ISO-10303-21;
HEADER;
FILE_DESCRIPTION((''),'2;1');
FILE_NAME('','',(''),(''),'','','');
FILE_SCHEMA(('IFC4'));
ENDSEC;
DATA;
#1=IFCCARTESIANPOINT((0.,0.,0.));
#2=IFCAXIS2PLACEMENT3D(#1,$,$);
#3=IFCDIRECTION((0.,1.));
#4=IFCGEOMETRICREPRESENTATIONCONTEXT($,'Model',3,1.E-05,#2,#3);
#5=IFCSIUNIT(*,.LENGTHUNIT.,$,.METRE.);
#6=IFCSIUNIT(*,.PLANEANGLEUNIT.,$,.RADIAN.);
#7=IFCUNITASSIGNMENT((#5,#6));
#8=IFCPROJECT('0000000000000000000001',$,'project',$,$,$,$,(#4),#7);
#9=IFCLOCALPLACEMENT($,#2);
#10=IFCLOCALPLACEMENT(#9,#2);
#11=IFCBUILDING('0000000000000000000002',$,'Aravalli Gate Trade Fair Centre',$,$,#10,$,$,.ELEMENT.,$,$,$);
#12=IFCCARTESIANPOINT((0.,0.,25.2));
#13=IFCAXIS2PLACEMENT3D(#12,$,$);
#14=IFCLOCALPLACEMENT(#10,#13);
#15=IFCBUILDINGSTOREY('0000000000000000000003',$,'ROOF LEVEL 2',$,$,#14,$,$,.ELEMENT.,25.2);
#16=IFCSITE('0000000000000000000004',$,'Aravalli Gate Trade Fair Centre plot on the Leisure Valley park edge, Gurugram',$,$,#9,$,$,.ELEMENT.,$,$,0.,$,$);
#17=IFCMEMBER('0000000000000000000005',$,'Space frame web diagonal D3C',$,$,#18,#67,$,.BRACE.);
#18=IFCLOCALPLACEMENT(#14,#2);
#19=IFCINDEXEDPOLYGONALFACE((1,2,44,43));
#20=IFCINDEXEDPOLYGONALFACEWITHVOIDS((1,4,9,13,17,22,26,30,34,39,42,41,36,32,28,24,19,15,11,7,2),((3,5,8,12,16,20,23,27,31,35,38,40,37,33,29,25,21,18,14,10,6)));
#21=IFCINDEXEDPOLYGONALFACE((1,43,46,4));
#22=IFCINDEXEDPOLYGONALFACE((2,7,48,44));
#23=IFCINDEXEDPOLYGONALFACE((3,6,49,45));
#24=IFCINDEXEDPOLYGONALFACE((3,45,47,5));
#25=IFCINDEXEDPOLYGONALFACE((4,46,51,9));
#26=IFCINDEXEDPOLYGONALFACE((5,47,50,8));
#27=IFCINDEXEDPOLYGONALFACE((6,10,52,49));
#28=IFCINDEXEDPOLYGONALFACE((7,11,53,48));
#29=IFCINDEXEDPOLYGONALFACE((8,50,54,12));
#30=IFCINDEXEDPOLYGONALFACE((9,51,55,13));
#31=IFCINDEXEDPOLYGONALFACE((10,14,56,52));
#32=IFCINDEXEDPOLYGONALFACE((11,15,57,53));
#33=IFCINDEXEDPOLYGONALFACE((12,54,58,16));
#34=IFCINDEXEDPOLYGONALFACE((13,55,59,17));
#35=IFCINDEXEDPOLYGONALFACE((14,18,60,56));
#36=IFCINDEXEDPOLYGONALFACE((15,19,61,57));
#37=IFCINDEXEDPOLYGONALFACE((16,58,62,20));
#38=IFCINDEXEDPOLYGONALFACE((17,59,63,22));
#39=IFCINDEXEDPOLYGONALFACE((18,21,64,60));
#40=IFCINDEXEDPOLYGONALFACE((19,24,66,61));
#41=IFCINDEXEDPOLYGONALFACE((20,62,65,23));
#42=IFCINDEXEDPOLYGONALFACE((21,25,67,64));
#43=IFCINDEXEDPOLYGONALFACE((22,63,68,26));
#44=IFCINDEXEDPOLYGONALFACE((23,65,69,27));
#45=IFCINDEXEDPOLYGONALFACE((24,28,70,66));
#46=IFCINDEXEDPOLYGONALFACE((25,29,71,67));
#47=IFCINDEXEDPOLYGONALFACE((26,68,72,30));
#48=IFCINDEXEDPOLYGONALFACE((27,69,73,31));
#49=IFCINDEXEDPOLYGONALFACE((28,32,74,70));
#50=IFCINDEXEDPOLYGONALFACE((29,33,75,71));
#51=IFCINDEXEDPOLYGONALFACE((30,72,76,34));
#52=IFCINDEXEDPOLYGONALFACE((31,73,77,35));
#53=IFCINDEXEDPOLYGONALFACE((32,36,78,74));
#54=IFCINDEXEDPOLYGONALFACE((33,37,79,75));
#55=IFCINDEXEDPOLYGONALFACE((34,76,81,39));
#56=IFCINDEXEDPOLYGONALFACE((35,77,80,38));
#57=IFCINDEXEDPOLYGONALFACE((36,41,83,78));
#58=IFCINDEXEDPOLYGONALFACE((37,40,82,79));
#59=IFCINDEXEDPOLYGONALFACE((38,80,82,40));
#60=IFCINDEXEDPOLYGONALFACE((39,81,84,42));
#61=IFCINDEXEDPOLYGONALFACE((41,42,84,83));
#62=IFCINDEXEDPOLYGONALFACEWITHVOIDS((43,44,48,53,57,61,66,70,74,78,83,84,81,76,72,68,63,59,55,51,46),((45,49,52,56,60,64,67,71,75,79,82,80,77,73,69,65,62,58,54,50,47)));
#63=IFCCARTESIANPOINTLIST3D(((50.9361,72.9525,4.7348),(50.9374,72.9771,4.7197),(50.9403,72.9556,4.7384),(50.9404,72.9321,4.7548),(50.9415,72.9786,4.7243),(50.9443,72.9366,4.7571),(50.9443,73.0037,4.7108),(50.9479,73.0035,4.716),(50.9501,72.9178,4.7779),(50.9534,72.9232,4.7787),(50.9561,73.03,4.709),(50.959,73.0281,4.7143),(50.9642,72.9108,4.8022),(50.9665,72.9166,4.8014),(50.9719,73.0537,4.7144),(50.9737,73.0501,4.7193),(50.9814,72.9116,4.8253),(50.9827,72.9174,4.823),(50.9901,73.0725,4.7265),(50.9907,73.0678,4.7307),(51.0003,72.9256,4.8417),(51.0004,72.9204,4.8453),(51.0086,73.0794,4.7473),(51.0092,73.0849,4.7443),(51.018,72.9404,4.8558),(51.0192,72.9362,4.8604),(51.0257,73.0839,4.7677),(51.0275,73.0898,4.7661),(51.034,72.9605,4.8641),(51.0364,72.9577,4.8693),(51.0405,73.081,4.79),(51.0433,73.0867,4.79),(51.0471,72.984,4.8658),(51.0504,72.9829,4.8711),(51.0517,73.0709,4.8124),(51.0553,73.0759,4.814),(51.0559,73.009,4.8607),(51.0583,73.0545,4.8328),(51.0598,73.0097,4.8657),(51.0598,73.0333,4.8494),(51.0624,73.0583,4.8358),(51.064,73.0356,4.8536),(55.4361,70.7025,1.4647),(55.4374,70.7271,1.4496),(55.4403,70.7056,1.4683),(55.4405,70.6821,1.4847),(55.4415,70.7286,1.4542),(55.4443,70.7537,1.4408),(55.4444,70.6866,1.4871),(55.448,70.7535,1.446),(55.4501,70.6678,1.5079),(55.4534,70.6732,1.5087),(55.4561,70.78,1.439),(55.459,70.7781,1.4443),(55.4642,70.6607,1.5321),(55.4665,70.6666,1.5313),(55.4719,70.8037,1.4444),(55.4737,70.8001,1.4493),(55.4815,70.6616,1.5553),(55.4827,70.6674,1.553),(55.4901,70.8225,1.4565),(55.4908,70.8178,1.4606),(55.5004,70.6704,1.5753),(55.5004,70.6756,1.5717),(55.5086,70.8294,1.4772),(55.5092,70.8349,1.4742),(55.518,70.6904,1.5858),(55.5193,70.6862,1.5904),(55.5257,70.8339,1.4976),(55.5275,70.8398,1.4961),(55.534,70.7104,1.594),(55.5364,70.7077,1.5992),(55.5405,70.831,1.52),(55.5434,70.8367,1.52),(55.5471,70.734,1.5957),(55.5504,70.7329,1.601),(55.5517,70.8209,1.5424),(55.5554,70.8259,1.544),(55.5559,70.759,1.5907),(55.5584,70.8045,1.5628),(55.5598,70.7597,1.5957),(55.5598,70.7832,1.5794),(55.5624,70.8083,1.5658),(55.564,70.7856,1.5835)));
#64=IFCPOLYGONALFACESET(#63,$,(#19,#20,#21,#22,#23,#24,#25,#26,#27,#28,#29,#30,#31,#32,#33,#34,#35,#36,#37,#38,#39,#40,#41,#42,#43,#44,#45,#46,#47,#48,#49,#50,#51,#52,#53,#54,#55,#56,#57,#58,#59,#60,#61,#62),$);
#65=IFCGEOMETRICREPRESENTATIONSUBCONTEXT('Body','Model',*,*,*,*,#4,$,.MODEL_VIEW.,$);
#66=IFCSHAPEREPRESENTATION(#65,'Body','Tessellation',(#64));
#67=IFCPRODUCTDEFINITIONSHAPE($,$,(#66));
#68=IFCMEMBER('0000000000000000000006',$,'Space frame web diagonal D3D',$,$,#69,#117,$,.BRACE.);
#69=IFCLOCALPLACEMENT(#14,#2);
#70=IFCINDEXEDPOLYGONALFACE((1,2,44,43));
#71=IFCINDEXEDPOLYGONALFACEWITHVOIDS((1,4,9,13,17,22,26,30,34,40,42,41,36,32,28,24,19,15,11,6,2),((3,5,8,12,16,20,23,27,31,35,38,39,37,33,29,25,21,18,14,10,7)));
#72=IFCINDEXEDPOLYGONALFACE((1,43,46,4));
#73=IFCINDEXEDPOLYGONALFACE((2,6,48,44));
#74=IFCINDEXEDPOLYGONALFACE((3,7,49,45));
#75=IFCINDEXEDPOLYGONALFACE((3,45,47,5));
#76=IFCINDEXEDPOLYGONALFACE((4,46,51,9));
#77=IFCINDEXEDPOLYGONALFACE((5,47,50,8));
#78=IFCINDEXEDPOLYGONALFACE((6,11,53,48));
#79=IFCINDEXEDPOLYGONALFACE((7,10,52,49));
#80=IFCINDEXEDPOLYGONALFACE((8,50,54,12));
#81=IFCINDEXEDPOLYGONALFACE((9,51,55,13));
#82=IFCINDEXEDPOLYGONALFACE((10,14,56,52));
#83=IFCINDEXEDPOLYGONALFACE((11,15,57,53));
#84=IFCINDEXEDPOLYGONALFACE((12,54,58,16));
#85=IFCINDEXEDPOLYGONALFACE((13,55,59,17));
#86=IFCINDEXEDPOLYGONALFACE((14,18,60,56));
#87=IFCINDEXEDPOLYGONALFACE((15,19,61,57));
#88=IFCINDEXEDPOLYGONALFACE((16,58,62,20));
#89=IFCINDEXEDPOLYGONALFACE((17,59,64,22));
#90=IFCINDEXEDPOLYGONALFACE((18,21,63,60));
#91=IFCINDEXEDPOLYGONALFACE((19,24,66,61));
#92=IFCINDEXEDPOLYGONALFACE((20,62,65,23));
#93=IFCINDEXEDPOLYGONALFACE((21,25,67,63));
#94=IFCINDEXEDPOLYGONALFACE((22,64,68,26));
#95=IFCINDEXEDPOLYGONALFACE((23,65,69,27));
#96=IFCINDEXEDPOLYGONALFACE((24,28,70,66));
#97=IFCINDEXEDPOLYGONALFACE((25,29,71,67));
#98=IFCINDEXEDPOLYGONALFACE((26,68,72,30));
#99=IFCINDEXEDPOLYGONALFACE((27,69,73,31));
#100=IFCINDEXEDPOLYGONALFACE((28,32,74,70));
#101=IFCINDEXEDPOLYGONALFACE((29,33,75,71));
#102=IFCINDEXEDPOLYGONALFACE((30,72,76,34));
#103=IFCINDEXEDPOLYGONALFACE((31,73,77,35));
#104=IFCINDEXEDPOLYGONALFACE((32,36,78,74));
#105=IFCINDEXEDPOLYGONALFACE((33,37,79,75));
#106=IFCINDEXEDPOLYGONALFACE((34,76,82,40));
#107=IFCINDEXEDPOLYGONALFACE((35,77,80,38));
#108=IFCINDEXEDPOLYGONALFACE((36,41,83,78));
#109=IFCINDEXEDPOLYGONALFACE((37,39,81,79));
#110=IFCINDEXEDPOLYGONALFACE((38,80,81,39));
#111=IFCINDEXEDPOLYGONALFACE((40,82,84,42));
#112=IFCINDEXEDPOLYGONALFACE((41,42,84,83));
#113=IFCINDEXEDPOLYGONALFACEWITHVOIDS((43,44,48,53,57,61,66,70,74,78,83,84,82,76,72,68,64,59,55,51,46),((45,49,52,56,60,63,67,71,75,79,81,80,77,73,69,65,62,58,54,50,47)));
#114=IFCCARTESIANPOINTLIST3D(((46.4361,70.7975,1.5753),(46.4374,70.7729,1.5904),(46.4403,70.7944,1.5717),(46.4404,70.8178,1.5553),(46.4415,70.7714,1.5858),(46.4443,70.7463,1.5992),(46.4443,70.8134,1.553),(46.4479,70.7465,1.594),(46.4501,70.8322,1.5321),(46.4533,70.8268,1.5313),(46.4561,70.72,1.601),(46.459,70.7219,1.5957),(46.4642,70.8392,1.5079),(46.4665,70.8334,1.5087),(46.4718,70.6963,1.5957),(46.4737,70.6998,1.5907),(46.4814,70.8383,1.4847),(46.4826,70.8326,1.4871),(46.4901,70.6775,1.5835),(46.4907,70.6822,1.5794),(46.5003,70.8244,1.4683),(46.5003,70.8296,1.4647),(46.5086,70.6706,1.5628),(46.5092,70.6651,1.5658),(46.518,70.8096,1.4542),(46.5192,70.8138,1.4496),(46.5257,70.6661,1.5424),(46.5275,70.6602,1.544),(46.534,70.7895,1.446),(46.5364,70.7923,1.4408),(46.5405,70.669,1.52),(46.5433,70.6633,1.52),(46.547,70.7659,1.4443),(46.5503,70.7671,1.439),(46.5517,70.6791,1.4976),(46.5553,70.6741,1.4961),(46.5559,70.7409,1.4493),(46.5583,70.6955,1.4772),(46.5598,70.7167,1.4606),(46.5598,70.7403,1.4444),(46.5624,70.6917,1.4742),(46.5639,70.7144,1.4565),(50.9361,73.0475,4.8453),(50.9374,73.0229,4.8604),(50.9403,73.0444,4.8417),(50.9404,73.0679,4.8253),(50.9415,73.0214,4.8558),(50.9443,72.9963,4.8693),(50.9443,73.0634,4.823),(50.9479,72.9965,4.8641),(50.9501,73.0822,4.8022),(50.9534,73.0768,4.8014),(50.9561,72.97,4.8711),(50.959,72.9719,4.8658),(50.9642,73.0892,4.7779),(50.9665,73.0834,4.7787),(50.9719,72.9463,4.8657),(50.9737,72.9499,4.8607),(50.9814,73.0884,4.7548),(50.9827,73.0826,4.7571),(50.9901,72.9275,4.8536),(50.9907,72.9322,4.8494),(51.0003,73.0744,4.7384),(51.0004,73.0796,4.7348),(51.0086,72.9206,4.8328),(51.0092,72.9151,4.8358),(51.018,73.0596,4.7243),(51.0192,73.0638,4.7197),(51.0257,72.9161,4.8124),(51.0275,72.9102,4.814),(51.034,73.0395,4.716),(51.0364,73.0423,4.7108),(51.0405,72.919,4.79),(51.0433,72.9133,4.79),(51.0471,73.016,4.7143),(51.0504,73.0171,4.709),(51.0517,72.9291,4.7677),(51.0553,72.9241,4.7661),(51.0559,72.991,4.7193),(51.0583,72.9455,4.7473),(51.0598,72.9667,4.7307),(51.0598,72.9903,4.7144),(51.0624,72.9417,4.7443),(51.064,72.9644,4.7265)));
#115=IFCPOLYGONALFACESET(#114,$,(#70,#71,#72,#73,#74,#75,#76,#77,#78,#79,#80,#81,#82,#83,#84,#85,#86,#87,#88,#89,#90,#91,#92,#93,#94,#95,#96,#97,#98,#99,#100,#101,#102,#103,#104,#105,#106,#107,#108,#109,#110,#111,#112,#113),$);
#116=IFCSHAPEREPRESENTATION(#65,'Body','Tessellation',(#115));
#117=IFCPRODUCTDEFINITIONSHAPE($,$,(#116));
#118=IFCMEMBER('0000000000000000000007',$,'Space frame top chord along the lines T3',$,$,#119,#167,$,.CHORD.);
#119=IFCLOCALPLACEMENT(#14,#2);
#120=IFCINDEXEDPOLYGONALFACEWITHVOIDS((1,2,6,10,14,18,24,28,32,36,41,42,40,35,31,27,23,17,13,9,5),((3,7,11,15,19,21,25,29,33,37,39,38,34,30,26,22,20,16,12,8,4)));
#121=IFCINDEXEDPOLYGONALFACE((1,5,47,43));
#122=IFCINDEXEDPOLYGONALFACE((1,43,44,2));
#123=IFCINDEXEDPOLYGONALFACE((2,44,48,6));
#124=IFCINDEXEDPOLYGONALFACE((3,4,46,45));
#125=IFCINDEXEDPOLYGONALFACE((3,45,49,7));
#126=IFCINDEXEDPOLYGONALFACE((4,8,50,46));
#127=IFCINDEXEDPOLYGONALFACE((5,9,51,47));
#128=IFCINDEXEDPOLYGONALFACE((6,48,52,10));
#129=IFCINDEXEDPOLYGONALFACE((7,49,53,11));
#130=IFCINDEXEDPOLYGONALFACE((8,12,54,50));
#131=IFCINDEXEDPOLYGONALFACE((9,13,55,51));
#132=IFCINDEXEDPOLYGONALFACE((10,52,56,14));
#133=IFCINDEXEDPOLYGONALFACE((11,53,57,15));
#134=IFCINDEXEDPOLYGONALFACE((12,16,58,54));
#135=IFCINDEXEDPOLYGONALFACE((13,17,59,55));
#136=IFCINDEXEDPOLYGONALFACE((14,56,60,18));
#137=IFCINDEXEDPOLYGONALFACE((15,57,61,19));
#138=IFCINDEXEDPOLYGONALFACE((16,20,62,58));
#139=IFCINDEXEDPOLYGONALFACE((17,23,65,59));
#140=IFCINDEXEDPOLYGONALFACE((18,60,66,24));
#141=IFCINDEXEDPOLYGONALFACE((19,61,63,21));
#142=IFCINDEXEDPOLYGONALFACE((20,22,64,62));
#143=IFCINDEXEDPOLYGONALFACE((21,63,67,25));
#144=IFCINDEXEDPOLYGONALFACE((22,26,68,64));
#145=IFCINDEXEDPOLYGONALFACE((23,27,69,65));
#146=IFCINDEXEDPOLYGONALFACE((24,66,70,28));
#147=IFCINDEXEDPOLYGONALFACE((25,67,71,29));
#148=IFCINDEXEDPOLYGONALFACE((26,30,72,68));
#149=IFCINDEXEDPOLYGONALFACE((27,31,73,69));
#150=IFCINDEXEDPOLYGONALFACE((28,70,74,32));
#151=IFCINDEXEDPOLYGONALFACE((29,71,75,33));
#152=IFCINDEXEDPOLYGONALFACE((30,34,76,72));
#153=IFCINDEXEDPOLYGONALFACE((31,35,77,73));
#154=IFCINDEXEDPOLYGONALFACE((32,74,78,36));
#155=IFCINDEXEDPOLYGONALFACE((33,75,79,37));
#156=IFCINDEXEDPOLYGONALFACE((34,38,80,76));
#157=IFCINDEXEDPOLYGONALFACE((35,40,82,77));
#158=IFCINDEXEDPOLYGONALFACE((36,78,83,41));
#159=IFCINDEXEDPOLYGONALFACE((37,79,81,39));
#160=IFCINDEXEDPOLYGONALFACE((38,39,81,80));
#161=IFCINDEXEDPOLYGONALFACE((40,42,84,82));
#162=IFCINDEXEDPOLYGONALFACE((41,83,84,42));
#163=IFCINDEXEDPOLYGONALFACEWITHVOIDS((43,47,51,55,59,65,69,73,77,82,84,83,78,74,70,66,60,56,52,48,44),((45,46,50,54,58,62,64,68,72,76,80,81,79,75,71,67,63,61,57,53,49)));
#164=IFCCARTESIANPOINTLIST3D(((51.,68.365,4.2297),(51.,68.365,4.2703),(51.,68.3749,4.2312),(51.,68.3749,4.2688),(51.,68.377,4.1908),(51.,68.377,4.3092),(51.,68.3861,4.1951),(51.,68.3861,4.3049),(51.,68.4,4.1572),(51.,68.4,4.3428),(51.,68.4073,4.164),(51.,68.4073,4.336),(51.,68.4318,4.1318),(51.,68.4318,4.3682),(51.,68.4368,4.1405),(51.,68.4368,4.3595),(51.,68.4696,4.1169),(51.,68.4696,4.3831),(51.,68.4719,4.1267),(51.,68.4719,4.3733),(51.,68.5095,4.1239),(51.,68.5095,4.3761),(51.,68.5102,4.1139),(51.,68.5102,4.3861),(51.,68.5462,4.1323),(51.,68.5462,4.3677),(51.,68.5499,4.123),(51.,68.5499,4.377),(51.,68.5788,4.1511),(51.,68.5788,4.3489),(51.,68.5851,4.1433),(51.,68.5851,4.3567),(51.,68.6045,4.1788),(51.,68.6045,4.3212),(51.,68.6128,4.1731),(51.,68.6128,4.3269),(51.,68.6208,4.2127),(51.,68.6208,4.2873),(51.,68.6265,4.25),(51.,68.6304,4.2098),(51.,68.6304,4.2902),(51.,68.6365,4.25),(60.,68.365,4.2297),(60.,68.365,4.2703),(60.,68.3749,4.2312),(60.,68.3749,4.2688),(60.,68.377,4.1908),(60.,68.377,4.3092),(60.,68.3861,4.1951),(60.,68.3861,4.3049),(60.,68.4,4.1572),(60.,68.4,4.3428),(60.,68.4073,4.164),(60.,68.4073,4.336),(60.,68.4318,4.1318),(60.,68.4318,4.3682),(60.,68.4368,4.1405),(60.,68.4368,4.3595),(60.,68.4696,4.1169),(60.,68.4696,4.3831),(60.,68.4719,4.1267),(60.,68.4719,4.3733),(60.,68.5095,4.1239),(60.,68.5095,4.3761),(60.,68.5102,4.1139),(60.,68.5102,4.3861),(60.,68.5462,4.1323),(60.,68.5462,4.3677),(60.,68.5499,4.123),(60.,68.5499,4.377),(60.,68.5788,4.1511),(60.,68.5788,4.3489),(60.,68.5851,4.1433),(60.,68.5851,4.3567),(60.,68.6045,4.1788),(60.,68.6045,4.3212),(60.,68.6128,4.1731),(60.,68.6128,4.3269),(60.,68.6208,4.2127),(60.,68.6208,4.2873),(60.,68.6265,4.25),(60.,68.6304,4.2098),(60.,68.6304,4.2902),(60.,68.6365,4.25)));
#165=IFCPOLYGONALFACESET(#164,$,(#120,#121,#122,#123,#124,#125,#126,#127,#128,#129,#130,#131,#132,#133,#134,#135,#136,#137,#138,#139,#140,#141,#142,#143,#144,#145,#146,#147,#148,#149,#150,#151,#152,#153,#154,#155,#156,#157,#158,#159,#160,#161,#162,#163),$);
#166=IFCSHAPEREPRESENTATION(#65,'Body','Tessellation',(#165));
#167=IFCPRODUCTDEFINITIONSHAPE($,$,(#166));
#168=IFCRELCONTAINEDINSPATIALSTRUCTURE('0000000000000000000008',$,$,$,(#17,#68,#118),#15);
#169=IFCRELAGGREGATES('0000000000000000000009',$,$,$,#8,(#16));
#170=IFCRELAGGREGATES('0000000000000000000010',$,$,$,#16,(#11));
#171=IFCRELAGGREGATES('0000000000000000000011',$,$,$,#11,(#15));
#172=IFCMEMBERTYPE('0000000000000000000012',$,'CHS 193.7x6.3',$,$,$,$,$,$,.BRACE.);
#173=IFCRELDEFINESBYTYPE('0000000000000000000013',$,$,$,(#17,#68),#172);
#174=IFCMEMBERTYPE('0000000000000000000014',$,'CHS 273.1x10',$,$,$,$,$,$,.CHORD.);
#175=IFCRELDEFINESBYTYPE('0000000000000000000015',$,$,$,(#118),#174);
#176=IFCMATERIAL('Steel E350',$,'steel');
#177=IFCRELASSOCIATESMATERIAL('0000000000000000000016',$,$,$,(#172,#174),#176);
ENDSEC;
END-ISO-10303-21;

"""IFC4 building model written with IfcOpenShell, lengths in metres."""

from ifc_helpers import new_model, si_unit, direction, frame, origin, origin_2d, place, context, subcontext, project, spatial, hollow_circle, extrude, material, material_profile, profile_set, type_object, element, save


model = new_model("IFC4")

# Units and contexts
model_context = context("Model", 3, precision=1e-05, world=origin(), true_north=direction((0.0, 1.0)))
body_context = subcontext(model_context, "Body", "Model", "MODEL_VIEW")
ifc_project = project(units=[si_unit("LENGTHUNIT", "METRE"), si_unit("PLANEANGLEUNIT", "RADIAN")], contexts=[model_context])

# Site, building, storey
site_placement = place(None, origin())
site = spatial("IfcSite", under=ifc_project, at=site_placement, Name="Aravalli Gate Trade Fair Centre plot on the Leisure Valley park edge, Gurugram", CompositionType="ELEMENT", RefElevation=0.0)
building_placement = place(site_placement, origin())
building = spatial("IfcBuilding", under=site, at=building_placement, Name="Aravalli Gate Trade Fair Centre", CompositionType="ELEMENT")
storey_placement = place(building_placement, frame((0.0, 0.0, 25.2)))
storey = spatial("IfcBuildingStorey", under=building, at=storey_placement, Name="ROOF LEVEL 2", CompositionType="ELEMENT", Elevation=25.2)

# Members
ifc_material_1 = material(Name="Steel E350", Category="steel")
ifc_material_profile_1 = material_profile(ifc_material_1, hollow_circle(Radius=0.0969, WallThickness=0.0063, at=origin_2d()), Name="CHS 193.7x6.3")
ifc_profile_set_1 = profile_set([ifc_material_profile_1], Name="Steel E350")
member_type_1 = type_object("IfcMemberType", Name="CHS 193.7x6.3", PredefinedType="BRACE", material=ifc_profile_set_1)
for number, where, z_axis, x_axis, name in (
    (1, (51.0, 73.0, 4.79), (0.749942, -0.374971, -0.544961), (0.447214, 0.894427, 0.0), "Space frame web diagonal D3C"),
    (2, (51.0, 73.0, 4.79), (-0.749942, -0.374971, -0.544961), (0.447214, -0.894427, 0.0), "Space frame web diagonal D3D"),
):
    element("IfcMember", number, at=place(storey_placement, frame(where, z_axis=z_axis, x_axis=x_axis)), inside=storey, type_object=member_type_1, Name=name, PredefinedType="BRACE", context=body_context, shape_type="SweptSolid", body=[
        extrude(hollow_circle(Radius=0.0969, WallThickness=0.0063, at=origin_2d()), origin(), (0.0, 0.0, 1.0), 6.0005),
    ])
ifc_material_profile_2 = material_profile(ifc_material_1, hollow_circle(Radius=0.1365, WallThickness=0.01, at=origin_2d()), Name="CHS 273.1x10")
ifc_profile_set_2 = profile_set([ifc_material_profile_2], Name="Steel E350")
member_type_2 = type_object("IfcMemberType", Name="CHS 273.1x10", PredefinedType="CHORD", material=ifc_profile_set_2)
for number, where, z_axis, x_axis, name in (
    (3, (51.0, 68.5, 4.25), (1.0, 0.0, 0.0), (0.0, 1.0, 0.0), "Space frame top chord along the lines T3"),
):
    element("IfcMember", number, at=place(storey_placement, frame(where, z_axis=z_axis, x_axis=x_axis)), inside=storey, type_object=member_type_2, Name=name, PredefinedType="CHORD", context=body_context, shape_type="SweptSolid", body=[
        extrude(hollow_circle(Radius=0.1365, WallThickness=0.01, at=origin_2d()), origin(), (0.0, 0.0, 1.0), 9.0),
    ])

save(model, "model.ifc")
